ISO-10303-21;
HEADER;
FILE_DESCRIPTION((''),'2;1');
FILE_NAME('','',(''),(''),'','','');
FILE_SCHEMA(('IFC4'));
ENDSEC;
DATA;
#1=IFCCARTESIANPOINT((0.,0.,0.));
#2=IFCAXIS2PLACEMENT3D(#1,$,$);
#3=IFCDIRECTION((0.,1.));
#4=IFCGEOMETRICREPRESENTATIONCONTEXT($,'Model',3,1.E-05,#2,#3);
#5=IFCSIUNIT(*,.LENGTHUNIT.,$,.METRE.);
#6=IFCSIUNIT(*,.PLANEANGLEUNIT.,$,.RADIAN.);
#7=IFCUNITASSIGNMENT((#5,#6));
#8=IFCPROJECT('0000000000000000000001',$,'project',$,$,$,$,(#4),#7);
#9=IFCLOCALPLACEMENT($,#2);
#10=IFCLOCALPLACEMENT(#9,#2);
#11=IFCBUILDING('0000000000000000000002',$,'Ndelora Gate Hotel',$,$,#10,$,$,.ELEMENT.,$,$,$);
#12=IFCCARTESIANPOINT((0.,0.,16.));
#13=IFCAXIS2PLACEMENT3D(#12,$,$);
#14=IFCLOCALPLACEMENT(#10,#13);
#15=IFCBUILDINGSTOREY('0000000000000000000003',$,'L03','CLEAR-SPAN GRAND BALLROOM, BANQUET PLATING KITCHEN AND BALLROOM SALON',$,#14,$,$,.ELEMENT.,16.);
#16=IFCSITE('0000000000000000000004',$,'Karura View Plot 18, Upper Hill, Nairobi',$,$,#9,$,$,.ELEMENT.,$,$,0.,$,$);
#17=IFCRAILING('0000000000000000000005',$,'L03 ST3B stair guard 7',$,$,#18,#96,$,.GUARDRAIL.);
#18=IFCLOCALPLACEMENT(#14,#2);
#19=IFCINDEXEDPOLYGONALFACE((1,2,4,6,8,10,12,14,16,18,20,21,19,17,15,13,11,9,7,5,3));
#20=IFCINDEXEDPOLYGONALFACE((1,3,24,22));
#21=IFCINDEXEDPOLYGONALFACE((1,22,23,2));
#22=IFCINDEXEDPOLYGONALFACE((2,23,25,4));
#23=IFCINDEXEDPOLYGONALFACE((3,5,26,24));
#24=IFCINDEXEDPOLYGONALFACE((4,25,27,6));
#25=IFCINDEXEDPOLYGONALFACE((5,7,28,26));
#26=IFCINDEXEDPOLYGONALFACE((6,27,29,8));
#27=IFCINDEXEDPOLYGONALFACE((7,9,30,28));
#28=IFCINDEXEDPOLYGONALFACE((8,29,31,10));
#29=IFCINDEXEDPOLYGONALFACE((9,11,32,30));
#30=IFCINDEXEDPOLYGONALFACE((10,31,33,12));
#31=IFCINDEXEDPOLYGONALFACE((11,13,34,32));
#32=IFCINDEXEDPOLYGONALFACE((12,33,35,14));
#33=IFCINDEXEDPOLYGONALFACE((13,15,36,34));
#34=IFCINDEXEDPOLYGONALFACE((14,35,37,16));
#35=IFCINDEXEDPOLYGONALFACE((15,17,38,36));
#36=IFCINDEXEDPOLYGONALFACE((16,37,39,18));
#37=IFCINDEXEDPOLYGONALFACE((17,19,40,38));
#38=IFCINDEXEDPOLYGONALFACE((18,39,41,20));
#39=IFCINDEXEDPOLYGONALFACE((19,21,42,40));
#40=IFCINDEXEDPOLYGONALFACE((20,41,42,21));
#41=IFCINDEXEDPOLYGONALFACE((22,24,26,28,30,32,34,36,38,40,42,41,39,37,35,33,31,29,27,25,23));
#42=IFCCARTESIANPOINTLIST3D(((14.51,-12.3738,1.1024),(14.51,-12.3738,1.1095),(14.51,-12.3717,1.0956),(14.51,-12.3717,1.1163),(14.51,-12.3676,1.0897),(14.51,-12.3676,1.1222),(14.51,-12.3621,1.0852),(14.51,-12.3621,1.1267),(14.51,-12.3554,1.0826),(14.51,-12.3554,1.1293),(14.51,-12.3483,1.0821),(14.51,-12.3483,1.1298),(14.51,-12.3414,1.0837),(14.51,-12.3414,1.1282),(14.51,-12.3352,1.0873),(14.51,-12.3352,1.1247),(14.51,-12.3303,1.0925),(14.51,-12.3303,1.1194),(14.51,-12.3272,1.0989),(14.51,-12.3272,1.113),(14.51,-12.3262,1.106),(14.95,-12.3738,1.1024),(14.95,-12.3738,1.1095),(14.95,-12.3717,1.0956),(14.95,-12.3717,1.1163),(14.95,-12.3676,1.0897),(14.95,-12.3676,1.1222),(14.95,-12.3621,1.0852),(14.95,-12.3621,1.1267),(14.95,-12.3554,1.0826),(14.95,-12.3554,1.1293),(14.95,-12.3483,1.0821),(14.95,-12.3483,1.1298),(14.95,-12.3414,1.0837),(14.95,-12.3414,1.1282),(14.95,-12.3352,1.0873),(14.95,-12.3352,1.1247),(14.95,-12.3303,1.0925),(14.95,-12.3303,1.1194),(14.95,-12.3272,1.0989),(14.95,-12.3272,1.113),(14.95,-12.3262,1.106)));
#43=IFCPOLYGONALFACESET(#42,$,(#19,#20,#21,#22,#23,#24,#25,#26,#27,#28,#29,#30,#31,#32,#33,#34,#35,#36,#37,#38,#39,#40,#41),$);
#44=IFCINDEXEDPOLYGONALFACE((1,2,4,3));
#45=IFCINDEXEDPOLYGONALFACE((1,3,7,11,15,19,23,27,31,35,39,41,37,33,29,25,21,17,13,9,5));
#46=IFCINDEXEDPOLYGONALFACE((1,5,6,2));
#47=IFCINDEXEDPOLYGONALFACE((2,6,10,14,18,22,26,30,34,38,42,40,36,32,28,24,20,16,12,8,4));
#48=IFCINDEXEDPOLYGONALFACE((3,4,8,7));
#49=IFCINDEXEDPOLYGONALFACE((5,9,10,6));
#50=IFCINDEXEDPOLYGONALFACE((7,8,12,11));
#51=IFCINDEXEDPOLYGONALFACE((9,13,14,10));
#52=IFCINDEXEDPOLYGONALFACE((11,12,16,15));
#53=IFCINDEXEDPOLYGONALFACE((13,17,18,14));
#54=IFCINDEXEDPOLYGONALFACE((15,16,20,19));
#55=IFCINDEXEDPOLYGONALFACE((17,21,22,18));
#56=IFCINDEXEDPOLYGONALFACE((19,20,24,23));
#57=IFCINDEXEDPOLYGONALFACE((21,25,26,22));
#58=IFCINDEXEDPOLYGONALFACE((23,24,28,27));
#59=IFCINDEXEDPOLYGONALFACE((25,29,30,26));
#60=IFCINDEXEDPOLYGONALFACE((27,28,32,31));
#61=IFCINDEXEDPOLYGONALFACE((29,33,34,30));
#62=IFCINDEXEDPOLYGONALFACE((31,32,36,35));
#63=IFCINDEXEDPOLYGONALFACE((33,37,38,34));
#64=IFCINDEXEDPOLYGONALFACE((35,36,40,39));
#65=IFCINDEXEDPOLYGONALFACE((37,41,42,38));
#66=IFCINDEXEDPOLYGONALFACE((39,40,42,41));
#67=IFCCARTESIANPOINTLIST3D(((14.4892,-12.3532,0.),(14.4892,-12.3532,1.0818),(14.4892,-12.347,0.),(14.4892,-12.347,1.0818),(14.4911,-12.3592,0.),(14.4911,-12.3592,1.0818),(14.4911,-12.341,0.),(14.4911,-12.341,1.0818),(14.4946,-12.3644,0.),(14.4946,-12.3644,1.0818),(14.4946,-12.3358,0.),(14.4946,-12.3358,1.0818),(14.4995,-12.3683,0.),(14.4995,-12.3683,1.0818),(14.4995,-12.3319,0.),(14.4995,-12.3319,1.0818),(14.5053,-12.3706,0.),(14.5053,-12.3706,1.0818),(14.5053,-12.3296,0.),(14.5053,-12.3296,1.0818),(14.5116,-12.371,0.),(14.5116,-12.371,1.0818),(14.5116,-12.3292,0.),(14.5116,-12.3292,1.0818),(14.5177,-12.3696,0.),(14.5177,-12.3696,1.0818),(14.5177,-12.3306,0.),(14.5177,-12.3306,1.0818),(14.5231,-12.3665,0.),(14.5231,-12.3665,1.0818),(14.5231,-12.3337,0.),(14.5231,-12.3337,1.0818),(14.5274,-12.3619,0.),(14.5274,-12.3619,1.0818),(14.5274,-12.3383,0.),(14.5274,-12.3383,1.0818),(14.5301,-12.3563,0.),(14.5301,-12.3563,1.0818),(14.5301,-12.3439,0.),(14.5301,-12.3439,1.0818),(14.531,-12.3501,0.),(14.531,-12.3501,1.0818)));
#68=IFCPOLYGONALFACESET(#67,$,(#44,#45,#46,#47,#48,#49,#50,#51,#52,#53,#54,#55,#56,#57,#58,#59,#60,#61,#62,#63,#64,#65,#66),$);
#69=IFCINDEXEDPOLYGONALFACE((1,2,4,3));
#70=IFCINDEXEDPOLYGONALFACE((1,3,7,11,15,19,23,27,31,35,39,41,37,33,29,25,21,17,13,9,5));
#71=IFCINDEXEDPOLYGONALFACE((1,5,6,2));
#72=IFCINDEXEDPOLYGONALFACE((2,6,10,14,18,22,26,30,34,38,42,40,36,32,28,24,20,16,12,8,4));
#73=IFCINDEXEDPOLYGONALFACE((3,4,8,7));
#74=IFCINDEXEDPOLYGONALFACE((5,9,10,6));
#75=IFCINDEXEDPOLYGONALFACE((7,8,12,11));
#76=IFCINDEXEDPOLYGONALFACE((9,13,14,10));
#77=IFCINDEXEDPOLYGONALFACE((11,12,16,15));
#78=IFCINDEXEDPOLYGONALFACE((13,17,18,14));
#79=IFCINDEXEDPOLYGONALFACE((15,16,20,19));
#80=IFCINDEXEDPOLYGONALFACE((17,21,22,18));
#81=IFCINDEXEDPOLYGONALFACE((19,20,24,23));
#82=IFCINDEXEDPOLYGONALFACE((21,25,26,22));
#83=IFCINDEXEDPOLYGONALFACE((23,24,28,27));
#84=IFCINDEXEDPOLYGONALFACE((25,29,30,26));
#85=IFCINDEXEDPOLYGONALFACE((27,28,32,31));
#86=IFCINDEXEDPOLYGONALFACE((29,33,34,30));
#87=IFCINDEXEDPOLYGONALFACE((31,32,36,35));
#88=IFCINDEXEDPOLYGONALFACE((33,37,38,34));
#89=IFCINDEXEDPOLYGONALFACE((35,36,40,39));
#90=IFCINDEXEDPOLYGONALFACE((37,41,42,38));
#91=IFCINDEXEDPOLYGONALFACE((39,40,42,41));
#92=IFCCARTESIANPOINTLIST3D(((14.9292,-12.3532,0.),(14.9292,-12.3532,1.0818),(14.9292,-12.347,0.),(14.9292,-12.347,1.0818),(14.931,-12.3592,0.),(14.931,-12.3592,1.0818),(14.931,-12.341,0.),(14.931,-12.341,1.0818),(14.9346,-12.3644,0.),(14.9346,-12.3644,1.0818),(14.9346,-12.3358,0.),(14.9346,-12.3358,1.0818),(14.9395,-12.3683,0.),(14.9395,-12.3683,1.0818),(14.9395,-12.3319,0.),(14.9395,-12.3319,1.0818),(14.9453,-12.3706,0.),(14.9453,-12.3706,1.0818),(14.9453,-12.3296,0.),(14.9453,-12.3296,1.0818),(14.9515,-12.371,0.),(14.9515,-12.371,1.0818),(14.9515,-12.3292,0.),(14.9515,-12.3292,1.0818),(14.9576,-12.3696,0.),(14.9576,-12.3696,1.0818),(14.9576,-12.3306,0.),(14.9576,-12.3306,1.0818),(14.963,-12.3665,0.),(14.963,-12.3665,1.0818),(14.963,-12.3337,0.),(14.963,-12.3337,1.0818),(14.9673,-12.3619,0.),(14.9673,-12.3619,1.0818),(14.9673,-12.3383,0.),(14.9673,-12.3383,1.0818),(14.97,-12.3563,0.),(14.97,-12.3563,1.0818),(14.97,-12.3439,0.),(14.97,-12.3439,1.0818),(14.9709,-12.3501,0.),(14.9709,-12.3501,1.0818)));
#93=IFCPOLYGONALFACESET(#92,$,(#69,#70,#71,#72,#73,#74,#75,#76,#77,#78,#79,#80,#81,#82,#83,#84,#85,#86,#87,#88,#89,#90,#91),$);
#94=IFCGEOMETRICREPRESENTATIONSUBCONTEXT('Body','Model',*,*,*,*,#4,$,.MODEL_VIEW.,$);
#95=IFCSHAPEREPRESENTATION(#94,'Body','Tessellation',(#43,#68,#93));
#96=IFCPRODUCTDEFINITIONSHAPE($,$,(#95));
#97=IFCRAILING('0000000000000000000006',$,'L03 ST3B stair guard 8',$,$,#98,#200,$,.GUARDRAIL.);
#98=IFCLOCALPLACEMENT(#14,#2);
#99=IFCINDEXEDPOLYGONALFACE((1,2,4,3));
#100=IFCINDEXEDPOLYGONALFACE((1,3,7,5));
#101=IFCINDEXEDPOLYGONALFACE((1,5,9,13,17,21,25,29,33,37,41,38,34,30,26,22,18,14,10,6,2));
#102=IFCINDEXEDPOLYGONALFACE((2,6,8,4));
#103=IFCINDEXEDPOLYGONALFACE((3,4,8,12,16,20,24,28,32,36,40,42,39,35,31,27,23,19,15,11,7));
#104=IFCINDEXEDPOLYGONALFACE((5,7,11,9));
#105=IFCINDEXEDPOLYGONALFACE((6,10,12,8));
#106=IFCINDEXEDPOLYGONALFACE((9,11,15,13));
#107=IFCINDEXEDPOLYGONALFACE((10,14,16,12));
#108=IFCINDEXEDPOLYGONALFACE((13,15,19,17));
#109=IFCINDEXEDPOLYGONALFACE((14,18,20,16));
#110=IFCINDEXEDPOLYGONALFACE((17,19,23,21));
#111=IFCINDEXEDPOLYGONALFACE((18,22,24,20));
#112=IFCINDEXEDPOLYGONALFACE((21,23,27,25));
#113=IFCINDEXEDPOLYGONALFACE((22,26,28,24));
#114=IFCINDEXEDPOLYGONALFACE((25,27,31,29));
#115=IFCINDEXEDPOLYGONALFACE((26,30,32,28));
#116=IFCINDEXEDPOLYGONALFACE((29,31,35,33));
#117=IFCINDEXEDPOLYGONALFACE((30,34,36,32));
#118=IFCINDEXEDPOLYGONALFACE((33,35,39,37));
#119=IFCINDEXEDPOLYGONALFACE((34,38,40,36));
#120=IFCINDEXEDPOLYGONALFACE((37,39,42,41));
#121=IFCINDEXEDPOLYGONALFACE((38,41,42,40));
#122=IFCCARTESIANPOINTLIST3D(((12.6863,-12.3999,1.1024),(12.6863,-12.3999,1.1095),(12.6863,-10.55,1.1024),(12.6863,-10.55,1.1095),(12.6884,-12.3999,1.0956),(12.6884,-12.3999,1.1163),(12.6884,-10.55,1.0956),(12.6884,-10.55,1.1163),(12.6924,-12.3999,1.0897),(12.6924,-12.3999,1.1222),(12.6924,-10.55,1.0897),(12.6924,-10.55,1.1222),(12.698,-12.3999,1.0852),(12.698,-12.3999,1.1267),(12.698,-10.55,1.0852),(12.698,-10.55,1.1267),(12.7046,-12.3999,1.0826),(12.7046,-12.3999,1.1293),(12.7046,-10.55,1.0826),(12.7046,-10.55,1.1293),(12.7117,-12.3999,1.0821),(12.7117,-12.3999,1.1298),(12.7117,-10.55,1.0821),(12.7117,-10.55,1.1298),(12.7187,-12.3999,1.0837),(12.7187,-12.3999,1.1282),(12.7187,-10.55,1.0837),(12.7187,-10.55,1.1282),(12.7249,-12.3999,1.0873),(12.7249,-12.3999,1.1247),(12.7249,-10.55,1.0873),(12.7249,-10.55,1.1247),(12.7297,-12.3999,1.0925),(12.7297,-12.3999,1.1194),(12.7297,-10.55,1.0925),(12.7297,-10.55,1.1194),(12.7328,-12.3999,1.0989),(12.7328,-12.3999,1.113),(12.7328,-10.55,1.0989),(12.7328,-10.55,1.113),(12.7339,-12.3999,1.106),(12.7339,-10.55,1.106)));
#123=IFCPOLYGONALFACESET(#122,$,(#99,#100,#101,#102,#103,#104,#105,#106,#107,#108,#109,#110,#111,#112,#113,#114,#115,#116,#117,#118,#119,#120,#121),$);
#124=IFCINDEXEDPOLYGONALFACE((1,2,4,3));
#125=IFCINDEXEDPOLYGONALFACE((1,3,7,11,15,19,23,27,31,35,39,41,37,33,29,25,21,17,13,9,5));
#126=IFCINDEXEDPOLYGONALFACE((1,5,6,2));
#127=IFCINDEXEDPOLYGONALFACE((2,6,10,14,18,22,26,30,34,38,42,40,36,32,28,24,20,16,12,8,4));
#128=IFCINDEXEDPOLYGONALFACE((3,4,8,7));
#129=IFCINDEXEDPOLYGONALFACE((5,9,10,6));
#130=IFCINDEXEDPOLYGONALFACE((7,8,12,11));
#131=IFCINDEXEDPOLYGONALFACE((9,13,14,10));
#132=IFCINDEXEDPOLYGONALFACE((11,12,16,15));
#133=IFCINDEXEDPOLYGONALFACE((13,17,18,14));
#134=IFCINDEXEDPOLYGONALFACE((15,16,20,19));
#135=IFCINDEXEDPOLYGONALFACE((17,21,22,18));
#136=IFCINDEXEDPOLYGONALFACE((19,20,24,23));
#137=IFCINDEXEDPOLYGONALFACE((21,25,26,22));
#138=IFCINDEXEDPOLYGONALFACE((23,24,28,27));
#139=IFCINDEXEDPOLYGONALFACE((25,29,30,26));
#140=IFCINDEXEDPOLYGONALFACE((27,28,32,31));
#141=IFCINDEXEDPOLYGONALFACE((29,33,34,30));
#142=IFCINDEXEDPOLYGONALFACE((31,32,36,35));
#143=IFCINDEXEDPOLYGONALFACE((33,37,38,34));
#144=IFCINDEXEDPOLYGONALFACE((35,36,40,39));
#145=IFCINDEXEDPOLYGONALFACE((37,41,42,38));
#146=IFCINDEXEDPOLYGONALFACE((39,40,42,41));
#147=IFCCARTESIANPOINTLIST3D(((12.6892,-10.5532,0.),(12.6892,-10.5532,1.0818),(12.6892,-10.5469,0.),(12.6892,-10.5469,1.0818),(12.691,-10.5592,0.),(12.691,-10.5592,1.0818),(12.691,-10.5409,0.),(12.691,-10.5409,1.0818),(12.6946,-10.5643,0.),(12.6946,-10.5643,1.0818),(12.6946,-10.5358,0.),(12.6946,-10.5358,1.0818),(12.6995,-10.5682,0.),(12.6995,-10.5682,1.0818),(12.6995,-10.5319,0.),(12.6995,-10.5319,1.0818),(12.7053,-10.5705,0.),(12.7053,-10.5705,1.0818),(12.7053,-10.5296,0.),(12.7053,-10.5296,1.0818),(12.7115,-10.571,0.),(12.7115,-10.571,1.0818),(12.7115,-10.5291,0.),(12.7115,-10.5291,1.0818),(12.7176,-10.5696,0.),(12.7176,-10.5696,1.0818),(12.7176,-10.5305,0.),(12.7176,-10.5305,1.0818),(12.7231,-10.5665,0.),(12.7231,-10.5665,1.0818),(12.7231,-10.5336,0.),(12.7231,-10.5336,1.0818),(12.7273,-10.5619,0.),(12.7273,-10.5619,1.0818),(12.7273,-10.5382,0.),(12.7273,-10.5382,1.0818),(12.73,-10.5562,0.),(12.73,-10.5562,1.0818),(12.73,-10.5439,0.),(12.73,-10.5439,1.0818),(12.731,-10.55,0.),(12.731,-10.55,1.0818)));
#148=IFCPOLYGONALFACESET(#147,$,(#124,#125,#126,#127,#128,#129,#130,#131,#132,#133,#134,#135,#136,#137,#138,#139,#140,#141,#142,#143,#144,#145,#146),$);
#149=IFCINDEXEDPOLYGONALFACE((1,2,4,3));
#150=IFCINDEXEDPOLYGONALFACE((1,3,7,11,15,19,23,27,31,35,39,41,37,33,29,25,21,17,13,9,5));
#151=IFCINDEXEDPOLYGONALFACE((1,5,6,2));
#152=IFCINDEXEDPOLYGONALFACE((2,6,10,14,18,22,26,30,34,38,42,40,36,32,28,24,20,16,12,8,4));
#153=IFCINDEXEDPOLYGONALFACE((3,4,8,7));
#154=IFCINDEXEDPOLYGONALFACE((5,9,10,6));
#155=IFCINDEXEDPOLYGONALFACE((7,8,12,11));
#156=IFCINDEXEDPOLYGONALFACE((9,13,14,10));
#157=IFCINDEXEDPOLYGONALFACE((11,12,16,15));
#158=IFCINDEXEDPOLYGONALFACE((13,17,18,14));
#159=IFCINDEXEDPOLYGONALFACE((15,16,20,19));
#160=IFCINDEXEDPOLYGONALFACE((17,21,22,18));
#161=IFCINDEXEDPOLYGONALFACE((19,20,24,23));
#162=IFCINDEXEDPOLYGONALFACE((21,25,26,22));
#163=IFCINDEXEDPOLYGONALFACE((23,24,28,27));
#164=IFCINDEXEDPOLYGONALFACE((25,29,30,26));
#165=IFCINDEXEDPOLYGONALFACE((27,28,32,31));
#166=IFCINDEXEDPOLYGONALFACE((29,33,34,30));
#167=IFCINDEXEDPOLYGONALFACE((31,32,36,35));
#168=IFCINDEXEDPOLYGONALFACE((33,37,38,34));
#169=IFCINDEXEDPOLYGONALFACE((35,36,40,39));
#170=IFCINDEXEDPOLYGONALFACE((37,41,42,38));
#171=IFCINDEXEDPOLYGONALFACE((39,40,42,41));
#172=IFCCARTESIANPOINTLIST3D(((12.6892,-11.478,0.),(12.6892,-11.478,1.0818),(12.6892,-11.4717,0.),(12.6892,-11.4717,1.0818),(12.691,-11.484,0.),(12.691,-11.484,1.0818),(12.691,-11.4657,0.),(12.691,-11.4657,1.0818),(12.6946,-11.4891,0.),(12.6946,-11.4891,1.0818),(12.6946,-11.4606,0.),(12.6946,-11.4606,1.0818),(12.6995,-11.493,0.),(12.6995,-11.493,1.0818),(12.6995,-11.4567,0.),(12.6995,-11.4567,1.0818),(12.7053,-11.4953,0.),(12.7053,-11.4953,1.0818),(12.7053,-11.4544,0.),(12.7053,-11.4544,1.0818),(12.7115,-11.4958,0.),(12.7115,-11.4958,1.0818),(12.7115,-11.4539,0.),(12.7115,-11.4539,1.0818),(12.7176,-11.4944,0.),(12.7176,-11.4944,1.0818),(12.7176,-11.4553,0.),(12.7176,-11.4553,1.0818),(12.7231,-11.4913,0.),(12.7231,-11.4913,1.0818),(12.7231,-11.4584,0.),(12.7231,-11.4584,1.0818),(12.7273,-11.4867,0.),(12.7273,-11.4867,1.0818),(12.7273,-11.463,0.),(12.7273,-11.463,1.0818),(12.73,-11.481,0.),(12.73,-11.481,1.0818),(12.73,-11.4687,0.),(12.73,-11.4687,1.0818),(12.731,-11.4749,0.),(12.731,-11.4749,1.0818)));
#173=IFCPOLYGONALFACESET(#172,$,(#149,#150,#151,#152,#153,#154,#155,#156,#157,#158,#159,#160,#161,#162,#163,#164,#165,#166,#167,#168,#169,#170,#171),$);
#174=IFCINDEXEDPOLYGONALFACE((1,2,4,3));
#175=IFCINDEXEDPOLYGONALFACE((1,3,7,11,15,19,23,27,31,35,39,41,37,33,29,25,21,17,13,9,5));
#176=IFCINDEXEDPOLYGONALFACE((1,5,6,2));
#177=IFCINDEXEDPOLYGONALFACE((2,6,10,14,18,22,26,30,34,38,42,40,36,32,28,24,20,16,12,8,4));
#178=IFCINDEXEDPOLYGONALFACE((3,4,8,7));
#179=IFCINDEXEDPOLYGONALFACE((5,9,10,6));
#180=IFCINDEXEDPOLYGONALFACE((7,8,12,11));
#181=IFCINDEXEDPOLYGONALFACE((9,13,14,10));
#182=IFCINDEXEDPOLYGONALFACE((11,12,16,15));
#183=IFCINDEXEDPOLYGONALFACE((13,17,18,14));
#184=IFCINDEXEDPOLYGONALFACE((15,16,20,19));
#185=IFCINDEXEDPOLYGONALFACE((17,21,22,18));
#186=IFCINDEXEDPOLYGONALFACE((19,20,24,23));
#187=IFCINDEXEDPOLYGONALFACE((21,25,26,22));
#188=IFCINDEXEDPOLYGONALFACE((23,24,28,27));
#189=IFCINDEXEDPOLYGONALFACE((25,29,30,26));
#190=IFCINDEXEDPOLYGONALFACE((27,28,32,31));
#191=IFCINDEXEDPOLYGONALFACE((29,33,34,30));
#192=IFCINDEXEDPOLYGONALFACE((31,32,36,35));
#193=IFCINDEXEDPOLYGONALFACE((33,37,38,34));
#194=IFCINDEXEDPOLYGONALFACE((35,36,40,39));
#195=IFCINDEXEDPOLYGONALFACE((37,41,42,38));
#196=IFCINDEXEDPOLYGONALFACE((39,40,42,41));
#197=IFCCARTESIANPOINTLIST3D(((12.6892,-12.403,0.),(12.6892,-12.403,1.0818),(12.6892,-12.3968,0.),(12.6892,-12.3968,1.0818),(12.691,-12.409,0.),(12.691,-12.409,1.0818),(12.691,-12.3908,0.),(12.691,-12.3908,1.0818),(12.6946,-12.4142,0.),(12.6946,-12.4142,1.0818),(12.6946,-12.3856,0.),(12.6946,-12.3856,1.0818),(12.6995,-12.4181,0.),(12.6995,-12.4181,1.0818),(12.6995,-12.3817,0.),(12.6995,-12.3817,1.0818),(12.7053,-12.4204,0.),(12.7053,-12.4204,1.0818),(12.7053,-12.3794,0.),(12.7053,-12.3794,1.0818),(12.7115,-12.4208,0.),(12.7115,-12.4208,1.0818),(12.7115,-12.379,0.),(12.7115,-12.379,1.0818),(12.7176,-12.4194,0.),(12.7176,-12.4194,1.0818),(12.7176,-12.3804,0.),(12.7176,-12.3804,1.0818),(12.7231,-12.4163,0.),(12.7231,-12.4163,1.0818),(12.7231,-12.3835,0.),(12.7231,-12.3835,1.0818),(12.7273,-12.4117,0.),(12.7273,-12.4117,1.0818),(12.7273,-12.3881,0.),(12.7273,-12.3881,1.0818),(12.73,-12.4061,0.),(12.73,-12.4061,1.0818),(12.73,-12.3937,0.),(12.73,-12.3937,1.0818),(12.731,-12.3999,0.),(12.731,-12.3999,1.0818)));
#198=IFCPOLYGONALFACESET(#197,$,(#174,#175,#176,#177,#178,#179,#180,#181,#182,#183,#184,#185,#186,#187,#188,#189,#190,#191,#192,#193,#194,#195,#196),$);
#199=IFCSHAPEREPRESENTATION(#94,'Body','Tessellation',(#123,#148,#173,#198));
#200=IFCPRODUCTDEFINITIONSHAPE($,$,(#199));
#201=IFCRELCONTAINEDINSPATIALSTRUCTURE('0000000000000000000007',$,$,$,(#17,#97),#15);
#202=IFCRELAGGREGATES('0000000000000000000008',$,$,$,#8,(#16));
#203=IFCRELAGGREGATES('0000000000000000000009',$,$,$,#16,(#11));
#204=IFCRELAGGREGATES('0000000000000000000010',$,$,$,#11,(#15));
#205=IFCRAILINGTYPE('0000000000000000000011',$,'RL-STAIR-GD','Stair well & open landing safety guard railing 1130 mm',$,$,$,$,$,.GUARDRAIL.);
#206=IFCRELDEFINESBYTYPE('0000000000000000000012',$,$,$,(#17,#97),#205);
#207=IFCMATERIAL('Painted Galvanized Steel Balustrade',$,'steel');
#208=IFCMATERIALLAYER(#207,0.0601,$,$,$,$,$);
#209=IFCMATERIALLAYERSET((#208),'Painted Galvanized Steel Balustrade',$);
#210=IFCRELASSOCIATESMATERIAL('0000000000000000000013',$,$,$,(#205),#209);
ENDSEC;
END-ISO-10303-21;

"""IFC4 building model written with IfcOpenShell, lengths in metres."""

from ifc_helpers import new_model, si_unit, direction, frame, origin, origin_2d, place, context, subcontext, project, spatial, circle, extrude, material, layer, layer_set, type_object, element, save


model = new_model("IFC4")

# Units and contexts
model_context = context("Model", 3, precision=1e-05, world=origin(), true_north=direction((0.0, 1.0)))
body_context = subcontext(model_context, "Body", "Model", "MODEL_VIEW")
ifc_project = project(units=[si_unit("LENGTHUNIT", "METRE"), si_unit("PLANEANGLEUNIT", "RADIAN")], contexts=[model_context])

# Site, building, storey
site_placement = place(None, origin())
site = spatial("IfcSite", under=ifc_project, at=site_placement, Name="Karura View Plot 18, Upper Hill, Nairobi", CompositionType="ELEMENT", RefElevation=0.0)
building_placement = place(site_placement, origin())
building = spatial("IfcBuilding", under=site, at=building_placement, Name="Ndelora Gate Hotel", CompositionType="ELEMENT")
storey_placement = place(building_placement, frame((0.0, 0.0, 16.0)))
storey = spatial("IfcBuildingStorey", under=building, at=storey_placement, Name="L03", Description="CLEAR-SPAN GRAND BALLROOM, BANQUET PLATING KITCHEN AND BALLROOM SALON", CompositionType="ELEMENT", Elevation=16.0)

# Railings
ifc_material_1 = material(Name="Painted Galvanized Steel Balustrade", Category="steel")
ifc_layer_1 = layer(ifc_material_1, 0.0601)
ifc_layer_set_1 = layer_set([ifc_layer_1], Name="Painted Galvanized Steel Balustrade")
railing_type_1 = type_object("IfcRailingType", Name="RL-STAIR-GD", Description="Stair well & open landing safety guard railing 1130 mm", PredefinedType="GUARDRAIL", material=ifc_layer_set_1)
railing_1_placement = place(storey_placement, frame((14.51, -12.3501, 0.0)))
element("IfcRailing", 1, at=railing_1_placement, inside=storey, type_object=railing_type_1, Name="L03 ST3B stair guard 7", PredefinedType="GUARDRAIL", context=body_context, shape_type="SweptSolid", body=[
    extrude(circle(Radius=0.0239, at=origin_2d()), frame((0.0, 0.0, 1.106), z_axis=(1.0, 0.0, 0.0), x_axis=(0.0, 1.0, 0.0)), (0.0, 0.0, 1.0), 0.4399),
    extrude(circle(Radius=0.021, at=origin_2d()), origin(), (0.0, 0.0, 1.0), 1.0818),
    extrude(circle(Radius=0.021, at=origin_2d()), frame((0.4399, 0.0, 0.0)), (0.0, 0.0, 1.0), 1.0818),
])
railing_2_placement = place(storey_placement, frame((12.71, -10.55, 0.0)))
element("IfcRailing", 2, at=railing_2_placement, inside=storey, type_object=railing_type_1, Name="L03 ST3B stair guard 8", PredefinedType="GUARDRAIL", context=body_context, shape_type="SweptSolid", body=[
    extrude(circle(Radius=0.0239, at=origin_2d()), frame((0.0, 0.0, 1.106), z_axis=(0.0, -1.0, 0.0), x_axis=(1.0, 0.0, 0.0)), (0.0, 0.0, 1.0), 1.8499),
    extrude(circle(Radius=0.021, at=origin_2d()), origin(), (0.0, 0.0, 1.0), 1.0818),
    extrude(circle(Radius=0.021, at=origin_2d()), frame((0.0, -0.9248, 0.0)), (0.0, 0.0, 1.0), 1.0818),
    extrude(circle(Radius=0.021, at=origin_2d()), frame((0.0, -1.8499, 0.0)), (0.0, 0.0, 1.0), 1.0818),
])

save(model, "model.ifc")
